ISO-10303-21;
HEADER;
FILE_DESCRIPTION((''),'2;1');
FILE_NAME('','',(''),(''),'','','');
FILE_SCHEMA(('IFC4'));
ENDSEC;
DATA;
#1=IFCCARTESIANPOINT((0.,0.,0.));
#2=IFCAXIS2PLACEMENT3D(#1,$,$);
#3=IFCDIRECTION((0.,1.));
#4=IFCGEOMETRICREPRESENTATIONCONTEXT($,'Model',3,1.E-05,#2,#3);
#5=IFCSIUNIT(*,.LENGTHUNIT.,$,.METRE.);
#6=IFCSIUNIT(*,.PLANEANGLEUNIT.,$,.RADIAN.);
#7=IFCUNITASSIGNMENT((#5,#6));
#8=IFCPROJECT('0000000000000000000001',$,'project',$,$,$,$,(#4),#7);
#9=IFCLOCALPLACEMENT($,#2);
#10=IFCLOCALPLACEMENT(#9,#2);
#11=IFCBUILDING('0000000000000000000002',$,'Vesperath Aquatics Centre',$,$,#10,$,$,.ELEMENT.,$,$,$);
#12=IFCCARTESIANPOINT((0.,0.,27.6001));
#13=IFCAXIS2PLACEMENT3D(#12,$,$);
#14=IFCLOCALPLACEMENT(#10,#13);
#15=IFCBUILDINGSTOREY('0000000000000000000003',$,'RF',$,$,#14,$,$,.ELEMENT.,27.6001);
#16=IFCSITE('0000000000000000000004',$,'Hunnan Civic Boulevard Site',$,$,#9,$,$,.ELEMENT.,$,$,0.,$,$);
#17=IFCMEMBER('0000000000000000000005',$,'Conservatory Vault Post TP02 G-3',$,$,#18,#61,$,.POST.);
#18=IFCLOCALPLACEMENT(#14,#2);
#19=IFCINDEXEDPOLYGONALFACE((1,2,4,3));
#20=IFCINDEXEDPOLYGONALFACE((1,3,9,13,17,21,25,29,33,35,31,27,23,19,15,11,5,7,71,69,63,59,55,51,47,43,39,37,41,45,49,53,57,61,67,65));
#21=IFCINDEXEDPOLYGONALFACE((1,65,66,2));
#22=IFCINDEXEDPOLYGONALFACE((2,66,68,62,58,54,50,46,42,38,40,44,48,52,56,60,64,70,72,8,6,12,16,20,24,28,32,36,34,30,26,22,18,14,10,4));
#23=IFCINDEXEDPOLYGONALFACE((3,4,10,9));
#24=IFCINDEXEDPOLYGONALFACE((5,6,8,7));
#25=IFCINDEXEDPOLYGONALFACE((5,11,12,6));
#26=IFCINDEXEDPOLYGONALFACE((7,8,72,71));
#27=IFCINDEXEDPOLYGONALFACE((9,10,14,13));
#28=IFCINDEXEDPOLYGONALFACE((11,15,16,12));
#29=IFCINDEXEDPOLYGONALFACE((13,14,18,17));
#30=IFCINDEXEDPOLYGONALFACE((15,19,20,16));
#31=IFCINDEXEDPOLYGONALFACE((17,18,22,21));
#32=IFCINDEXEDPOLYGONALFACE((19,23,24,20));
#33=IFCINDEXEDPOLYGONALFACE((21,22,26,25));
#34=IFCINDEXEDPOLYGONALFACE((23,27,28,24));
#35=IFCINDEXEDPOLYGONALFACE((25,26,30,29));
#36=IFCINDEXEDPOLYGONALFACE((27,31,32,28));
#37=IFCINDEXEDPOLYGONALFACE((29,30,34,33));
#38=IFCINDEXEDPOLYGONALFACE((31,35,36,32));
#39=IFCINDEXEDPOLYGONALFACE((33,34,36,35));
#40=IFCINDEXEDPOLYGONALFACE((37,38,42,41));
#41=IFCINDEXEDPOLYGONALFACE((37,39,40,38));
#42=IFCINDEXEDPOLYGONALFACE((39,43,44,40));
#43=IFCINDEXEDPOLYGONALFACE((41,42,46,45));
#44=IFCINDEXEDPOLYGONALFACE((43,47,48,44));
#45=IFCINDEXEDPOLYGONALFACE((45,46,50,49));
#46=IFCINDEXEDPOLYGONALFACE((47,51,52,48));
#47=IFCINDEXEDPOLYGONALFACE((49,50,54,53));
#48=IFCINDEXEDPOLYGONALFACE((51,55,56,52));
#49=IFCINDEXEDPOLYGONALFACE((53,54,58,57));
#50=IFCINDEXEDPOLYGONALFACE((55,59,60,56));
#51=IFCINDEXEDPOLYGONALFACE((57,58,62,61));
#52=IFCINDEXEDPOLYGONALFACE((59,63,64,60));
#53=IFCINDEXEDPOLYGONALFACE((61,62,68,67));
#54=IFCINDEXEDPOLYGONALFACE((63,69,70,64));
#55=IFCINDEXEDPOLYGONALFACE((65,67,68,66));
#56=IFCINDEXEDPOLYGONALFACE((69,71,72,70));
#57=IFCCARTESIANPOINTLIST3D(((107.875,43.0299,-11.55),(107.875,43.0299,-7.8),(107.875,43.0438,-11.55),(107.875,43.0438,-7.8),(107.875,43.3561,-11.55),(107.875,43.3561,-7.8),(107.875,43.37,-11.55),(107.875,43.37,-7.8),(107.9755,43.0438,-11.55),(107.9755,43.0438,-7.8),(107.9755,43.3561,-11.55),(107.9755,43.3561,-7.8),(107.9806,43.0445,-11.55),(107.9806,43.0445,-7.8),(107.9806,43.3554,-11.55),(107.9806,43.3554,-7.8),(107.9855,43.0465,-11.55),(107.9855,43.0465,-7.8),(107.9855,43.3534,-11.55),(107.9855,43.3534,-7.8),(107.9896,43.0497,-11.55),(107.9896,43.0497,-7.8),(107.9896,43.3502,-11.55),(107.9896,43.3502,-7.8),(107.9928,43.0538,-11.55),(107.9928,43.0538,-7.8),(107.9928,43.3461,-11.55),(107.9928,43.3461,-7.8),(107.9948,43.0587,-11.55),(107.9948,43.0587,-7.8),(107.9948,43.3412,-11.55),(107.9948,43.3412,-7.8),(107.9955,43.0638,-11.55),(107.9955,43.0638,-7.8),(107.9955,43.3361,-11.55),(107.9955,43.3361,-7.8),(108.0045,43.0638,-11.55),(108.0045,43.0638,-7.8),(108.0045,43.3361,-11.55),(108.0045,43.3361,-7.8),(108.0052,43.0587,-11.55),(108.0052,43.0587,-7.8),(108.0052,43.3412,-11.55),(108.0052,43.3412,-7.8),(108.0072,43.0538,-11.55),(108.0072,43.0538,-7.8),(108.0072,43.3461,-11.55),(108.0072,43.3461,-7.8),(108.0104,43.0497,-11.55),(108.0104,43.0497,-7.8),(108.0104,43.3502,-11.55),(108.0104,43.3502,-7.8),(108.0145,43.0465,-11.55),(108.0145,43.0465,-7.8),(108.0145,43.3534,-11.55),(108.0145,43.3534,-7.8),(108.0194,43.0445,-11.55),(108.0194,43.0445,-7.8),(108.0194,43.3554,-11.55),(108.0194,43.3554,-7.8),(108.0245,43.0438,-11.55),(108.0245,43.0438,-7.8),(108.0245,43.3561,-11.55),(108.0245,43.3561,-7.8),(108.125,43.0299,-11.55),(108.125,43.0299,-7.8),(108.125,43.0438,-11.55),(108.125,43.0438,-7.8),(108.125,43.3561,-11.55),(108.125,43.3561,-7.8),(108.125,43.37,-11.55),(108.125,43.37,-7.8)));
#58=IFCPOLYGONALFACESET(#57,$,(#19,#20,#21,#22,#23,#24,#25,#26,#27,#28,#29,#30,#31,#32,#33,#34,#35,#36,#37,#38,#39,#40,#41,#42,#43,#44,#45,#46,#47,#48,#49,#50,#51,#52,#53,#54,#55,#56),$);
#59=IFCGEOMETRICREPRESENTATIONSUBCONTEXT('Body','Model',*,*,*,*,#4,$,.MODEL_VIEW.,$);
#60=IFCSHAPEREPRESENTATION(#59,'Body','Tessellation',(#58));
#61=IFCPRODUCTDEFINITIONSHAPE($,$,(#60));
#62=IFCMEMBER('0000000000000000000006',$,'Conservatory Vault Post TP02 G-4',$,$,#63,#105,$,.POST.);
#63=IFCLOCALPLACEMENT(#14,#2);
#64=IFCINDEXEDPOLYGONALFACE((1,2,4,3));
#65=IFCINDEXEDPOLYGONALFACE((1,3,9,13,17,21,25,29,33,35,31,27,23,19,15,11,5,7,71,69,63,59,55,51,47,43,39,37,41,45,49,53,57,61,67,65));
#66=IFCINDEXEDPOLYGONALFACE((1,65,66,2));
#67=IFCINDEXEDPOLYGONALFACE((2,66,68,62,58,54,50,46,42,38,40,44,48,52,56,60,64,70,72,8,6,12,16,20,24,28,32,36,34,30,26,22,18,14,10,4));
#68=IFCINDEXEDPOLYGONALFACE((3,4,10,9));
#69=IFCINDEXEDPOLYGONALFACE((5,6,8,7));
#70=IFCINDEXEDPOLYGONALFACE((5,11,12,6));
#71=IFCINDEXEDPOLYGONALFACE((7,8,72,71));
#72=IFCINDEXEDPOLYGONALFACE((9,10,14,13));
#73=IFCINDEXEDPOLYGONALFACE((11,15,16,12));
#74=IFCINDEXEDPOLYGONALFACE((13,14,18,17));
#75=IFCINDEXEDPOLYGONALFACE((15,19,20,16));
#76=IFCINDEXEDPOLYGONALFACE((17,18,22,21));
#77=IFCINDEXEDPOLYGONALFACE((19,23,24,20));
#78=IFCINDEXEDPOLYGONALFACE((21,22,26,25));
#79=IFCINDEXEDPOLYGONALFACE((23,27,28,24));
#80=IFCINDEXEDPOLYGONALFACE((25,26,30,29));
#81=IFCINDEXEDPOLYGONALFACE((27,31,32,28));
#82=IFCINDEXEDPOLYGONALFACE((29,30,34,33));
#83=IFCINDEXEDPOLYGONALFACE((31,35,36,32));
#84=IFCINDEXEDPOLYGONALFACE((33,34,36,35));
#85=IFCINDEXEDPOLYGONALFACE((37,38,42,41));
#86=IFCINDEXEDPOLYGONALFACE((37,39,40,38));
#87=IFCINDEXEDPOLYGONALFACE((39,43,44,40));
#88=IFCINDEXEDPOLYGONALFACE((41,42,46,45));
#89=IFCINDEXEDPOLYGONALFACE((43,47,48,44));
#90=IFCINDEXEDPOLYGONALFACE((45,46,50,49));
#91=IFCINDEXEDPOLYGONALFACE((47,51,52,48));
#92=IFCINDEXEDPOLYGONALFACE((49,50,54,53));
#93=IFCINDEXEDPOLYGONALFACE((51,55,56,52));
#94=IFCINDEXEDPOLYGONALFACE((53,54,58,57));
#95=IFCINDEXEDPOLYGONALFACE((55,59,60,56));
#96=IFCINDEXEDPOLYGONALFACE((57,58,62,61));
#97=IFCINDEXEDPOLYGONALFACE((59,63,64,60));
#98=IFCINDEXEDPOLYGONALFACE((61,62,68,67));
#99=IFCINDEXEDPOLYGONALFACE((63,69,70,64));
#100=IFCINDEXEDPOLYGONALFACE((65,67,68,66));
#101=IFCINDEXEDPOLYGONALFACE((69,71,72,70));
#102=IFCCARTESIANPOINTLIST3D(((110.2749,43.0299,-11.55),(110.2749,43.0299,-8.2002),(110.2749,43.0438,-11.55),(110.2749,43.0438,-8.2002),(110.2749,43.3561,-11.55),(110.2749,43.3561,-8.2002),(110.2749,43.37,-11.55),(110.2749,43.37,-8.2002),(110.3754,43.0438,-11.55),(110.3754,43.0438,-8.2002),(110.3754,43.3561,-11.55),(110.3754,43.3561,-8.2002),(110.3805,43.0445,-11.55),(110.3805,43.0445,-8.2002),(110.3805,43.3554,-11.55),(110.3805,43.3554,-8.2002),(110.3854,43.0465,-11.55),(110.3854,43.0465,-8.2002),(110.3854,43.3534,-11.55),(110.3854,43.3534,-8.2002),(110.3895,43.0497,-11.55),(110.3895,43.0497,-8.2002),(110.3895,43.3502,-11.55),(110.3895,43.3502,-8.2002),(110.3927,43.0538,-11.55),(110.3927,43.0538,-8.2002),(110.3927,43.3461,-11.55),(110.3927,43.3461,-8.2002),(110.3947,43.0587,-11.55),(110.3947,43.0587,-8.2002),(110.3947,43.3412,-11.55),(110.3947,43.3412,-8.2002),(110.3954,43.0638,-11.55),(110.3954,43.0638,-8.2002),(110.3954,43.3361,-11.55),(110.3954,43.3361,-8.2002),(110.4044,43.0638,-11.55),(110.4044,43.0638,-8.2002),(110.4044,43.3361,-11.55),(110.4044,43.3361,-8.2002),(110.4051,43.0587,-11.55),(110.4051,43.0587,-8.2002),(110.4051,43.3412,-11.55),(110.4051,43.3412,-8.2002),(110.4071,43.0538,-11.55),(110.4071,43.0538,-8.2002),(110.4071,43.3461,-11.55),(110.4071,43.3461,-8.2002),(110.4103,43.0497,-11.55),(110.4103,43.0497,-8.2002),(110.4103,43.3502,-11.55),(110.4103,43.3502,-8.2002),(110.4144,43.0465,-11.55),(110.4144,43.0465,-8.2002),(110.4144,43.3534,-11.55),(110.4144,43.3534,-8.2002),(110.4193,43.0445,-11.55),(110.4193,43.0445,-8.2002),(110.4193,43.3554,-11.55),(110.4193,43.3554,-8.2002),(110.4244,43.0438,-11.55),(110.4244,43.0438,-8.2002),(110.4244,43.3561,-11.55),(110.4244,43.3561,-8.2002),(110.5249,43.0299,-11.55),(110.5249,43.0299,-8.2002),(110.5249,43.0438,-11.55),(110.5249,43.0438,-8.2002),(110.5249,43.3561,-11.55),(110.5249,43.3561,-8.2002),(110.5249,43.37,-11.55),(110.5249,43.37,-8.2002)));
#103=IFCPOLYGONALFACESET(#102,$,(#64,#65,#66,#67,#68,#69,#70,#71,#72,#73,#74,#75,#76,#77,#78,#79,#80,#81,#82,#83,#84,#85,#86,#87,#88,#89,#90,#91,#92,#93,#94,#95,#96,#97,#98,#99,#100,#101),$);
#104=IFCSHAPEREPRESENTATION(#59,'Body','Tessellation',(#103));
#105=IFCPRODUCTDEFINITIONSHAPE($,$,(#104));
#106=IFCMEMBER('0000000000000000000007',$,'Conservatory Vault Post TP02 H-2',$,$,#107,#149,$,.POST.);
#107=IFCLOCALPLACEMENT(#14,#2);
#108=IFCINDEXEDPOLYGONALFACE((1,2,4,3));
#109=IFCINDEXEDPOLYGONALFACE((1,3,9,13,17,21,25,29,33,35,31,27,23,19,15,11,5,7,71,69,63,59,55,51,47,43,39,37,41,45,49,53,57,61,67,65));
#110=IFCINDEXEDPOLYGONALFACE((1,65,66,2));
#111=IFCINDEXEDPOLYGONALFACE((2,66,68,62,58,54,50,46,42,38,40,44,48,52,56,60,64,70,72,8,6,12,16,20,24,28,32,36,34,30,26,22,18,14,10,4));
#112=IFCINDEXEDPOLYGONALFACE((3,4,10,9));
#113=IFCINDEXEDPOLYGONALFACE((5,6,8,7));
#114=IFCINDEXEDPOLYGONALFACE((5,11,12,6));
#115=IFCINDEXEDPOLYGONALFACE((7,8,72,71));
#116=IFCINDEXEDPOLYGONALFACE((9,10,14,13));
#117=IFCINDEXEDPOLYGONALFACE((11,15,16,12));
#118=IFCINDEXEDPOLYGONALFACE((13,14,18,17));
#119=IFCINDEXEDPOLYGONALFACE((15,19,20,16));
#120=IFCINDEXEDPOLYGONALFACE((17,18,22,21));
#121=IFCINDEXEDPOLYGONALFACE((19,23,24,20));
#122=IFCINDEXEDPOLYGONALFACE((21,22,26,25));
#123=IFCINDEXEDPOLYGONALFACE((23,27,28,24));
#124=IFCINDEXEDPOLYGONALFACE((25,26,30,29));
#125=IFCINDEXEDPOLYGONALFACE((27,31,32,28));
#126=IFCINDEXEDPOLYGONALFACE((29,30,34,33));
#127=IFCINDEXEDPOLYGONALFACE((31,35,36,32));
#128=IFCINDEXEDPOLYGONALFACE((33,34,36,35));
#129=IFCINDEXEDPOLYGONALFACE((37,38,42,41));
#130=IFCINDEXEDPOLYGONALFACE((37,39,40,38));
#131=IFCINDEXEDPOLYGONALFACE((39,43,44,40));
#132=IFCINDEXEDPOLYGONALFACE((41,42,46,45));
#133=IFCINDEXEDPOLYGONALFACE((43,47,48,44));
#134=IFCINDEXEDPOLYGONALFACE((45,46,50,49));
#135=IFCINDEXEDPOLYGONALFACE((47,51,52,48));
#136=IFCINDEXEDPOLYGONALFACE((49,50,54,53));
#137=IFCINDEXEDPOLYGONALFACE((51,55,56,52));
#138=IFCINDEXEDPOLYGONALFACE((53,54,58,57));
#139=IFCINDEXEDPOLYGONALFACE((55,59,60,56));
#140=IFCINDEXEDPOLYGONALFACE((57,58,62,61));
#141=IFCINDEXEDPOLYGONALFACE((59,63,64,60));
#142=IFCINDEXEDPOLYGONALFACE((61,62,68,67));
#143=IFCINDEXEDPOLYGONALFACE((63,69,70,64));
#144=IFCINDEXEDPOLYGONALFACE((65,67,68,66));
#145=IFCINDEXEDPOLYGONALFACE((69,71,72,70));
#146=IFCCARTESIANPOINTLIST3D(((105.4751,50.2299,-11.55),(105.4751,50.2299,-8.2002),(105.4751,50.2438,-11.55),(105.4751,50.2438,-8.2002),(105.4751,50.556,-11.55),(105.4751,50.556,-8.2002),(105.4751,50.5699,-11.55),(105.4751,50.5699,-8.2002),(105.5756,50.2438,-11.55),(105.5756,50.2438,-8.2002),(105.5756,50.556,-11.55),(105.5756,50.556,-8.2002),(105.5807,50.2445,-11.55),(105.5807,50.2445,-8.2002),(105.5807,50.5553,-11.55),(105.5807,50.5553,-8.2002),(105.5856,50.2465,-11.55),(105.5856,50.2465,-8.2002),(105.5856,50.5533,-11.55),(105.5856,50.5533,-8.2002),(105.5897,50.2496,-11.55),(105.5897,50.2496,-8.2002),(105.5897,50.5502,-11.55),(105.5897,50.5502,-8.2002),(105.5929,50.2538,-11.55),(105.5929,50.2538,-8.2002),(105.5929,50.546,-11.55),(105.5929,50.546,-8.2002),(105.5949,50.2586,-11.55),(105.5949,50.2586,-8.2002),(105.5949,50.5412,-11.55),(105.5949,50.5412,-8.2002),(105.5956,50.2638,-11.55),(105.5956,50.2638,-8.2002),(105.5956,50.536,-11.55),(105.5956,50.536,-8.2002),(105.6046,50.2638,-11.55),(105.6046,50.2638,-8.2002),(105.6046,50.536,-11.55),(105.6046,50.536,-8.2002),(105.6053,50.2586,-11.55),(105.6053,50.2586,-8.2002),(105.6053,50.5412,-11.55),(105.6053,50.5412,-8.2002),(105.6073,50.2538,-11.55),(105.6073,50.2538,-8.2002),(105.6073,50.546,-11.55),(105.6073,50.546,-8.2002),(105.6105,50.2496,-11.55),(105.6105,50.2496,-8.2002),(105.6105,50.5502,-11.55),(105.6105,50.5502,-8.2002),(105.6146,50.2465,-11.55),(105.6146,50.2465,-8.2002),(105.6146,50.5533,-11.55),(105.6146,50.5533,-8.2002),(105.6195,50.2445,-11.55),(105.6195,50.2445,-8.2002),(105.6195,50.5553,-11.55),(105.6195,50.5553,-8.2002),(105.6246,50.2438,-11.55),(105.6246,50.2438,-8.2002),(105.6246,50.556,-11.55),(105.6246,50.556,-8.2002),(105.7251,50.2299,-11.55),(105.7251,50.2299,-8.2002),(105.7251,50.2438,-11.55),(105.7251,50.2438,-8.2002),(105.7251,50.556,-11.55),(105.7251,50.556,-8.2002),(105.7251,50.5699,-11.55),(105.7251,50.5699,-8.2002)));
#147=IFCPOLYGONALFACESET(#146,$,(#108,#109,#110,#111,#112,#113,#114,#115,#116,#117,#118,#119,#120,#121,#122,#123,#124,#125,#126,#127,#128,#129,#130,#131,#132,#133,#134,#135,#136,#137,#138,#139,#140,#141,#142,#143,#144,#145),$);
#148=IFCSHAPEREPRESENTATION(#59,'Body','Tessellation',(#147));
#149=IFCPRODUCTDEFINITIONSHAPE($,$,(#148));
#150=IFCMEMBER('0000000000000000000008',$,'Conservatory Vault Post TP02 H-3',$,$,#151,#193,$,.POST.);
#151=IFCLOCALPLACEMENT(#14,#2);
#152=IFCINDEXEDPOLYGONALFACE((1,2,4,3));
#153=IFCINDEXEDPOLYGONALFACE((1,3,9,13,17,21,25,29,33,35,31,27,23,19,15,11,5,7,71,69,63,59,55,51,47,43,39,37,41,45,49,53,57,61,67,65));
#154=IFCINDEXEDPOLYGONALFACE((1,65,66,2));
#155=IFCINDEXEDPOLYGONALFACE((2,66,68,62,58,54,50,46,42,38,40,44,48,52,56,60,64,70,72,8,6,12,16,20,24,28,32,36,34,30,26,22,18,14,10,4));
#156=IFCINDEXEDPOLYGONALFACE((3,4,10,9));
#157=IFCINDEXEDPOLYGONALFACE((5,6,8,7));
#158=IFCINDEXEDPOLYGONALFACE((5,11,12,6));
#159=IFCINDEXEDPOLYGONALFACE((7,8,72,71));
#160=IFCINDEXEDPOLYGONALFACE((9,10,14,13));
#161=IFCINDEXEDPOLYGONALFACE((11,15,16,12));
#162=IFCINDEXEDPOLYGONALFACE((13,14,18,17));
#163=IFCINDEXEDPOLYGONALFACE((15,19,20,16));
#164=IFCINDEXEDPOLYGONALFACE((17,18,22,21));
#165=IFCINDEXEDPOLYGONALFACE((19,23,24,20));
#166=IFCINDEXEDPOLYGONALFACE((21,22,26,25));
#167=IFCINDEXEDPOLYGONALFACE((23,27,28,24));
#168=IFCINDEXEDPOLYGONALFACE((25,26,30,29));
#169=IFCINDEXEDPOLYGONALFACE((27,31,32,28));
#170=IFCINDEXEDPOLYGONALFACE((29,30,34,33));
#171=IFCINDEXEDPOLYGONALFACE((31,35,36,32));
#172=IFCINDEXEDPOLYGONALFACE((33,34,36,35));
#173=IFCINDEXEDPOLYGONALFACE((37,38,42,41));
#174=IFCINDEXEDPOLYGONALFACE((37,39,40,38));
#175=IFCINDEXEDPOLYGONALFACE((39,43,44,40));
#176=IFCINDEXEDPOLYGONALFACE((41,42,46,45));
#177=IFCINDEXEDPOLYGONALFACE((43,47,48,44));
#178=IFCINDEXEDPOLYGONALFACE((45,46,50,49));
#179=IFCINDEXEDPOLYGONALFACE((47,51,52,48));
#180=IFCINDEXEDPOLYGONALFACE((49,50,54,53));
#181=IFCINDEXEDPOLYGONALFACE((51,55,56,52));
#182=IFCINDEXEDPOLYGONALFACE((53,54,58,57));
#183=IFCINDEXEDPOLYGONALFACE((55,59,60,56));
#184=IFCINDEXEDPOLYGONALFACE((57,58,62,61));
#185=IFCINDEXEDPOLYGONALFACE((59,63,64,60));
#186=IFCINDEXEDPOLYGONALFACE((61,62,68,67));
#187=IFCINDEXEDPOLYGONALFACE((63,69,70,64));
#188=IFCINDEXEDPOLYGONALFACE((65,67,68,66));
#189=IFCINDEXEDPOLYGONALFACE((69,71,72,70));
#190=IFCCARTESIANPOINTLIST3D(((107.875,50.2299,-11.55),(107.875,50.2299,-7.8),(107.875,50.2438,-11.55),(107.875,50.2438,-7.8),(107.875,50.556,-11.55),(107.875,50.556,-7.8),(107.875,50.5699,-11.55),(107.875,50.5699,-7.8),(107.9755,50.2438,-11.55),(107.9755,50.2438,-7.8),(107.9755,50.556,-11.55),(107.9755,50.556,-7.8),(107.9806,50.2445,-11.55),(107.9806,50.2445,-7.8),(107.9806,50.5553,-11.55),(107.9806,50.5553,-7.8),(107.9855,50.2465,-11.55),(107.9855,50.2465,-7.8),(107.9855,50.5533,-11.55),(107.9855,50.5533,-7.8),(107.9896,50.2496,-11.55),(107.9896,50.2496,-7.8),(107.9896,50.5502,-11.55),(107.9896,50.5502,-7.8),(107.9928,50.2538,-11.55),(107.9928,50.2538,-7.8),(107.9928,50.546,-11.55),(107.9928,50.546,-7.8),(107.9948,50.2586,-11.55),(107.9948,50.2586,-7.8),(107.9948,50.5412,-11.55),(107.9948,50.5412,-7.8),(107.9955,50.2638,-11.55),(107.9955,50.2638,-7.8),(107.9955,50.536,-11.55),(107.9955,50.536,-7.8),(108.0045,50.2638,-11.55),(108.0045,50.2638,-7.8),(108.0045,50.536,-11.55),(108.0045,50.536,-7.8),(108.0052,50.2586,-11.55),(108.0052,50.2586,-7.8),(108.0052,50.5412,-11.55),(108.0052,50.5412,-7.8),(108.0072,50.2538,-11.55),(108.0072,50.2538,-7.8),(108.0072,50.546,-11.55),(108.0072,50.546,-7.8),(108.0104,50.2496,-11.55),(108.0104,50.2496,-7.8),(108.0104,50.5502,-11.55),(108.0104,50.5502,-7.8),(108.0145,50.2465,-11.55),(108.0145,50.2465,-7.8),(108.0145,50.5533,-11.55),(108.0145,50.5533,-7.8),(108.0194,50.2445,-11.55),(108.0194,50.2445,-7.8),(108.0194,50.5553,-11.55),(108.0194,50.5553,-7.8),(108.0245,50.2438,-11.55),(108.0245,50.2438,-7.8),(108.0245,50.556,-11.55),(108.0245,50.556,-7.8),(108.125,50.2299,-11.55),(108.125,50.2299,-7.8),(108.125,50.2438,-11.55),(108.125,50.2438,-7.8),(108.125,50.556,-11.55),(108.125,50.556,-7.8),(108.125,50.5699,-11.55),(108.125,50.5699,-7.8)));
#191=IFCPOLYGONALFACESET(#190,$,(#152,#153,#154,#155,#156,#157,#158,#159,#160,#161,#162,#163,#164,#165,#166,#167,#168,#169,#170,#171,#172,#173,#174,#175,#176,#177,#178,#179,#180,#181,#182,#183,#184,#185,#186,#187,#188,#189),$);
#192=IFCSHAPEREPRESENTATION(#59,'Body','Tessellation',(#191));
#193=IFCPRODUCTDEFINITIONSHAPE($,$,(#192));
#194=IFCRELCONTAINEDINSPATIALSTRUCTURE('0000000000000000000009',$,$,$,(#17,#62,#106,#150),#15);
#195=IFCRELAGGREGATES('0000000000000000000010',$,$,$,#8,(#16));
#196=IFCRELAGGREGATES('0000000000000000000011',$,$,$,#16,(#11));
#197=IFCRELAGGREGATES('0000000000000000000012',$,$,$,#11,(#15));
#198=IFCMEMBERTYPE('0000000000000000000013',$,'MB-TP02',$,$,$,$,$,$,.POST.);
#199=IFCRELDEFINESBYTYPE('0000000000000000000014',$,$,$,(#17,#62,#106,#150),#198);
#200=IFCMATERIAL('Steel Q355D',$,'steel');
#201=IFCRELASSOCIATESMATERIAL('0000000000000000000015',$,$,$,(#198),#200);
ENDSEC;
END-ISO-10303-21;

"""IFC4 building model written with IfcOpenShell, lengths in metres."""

from ifc_helpers import new_model, si_unit, direction, frame, origin, origin_2d, place, context, subcontext, project, spatial, i_section, extrude, material, material_profile, profile_set, type_object, element, save


model = new_model("IFC4")

# Units and contexts
model_context = context("Model", 3, precision=1e-05, world=origin(), true_north=direction((0.0, 1.0)))
body_context = subcontext(model_context, "Body", "Model", "MODEL_VIEW")
ifc_project = project(units=[si_unit("LENGTHUNIT", "METRE"), si_unit("PLANEANGLEUNIT", "RADIAN")], contexts=[model_context])

# Site, building, storey
site_placement = place(None, origin())
site = spatial("IfcSite", under=ifc_project, at=site_placement, Name="Hunnan Civic Boulevard Site", CompositionType="ELEMENT", RefElevation=0.0)
building_placement = place(site_placement, origin())
building = spatial("IfcBuilding", under=site, at=building_placement, Name="Vesperath Aquatics Centre", CompositionType="ELEMENT")
storey_placement = place(building_placement, frame((0.0, 0.0, 27.6001)))
storey = spatial("IfcBuildingStorey", under=building, at=storey_placement, Name="RF", CompositionType="ELEMENT", Elevation=27.6001)

# Members
ifc_material_1 = material(Name="Steel Q355D", Category="steel")
ifc_material_profile_1 = material_profile(ifc_material_1, i_section(OverallWidth=0.25, OverallDepth=0.3401, WebThickness=0.009, FlangeThickness=0.0139, FilletRadius=0.02, at=origin_2d()), Name="HM 340x250x9x14")
ifc_profile_set_1 = profile_set([ifc_material_profile_1], Name="Steel Q355D")
member_type_1 = type_object("IfcMemberType", Name="MB-TP02", PredefinedType="POST", material=ifc_profile_set_1)
member_1_placement = place(storey_placement, frame((108.0, 43.2, -11.55), z_axis=(0.0, 0.0, 1.0), x_axis=(1.0, 0.0, 0.0)))
element("IfcMember", 1, at=member_1_placement, inside=storey, type_object=member_type_1, Name="Conservatory Vault Post TP02 G-3", PredefinedType="POST", context=body_context, shape_type="SweptSolid", body=[
    extrude(i_section(OverallWidth=0.25, OverallDepth=0.3401, WebThickness=0.009, FlangeThickness=0.0139, FilletRadius=0.02, at=origin_2d()), origin(), (0.0, 0.0, 1.0), 3.75),
])
for number, where, z_axis, x_axis, name in (
    (2, (110.3999, 43.2, -11.55), (0.0, 0.0, 1.0), (1.0, 0.0, 0.0), "Conservatory Vault Post TP02 G-4"),
    (3, (105.6001, 50.3999, -11.55), (0.0, 0.0, 1.0), (1.0, 0.0, 0.0), "Conservatory Vault Post TP02 H-2"),
):
    element("IfcMember", number, at=place(storey_placement, frame(where, z_axis=z_axis, x_axis=x_axis)), inside=storey, type_object=member_type_1, Name=name, PredefinedType="POST", context=body_context, shape_type="SweptSolid", body=[
        extrude(i_section(OverallWidth=0.25, OverallDepth=0.3401, WebThickness=0.009, FlangeThickness=0.0139, FilletRadius=0.02, at=origin_2d()), origin(), (0.0, 0.0, 1.0), 3.3499),
    ])
member_2_placement = place(storey_placement, frame((108.0, 50.3999, -11.55), z_axis=(0.0, 0.0, 1.0), x_axis=(1.0, 0.0, 0.0)))
element("IfcMember", 4, at=member_2_placement, inside=storey, type_object=member_type_1, Name="Conservatory Vault Post TP02 H-3", PredefinedType="POST", context=body_context, shape_type="SweptSolid", body=[
    extrude(i_section(OverallWidth=0.25, OverallDepth=0.3401, WebThickness=0.009, FlangeThickness=0.0139, FilletRadius=0.02, at=origin_2d()), origin(), (0.0, 0.0, 1.0), 3.75),
])

save(model, "model.ifc")
